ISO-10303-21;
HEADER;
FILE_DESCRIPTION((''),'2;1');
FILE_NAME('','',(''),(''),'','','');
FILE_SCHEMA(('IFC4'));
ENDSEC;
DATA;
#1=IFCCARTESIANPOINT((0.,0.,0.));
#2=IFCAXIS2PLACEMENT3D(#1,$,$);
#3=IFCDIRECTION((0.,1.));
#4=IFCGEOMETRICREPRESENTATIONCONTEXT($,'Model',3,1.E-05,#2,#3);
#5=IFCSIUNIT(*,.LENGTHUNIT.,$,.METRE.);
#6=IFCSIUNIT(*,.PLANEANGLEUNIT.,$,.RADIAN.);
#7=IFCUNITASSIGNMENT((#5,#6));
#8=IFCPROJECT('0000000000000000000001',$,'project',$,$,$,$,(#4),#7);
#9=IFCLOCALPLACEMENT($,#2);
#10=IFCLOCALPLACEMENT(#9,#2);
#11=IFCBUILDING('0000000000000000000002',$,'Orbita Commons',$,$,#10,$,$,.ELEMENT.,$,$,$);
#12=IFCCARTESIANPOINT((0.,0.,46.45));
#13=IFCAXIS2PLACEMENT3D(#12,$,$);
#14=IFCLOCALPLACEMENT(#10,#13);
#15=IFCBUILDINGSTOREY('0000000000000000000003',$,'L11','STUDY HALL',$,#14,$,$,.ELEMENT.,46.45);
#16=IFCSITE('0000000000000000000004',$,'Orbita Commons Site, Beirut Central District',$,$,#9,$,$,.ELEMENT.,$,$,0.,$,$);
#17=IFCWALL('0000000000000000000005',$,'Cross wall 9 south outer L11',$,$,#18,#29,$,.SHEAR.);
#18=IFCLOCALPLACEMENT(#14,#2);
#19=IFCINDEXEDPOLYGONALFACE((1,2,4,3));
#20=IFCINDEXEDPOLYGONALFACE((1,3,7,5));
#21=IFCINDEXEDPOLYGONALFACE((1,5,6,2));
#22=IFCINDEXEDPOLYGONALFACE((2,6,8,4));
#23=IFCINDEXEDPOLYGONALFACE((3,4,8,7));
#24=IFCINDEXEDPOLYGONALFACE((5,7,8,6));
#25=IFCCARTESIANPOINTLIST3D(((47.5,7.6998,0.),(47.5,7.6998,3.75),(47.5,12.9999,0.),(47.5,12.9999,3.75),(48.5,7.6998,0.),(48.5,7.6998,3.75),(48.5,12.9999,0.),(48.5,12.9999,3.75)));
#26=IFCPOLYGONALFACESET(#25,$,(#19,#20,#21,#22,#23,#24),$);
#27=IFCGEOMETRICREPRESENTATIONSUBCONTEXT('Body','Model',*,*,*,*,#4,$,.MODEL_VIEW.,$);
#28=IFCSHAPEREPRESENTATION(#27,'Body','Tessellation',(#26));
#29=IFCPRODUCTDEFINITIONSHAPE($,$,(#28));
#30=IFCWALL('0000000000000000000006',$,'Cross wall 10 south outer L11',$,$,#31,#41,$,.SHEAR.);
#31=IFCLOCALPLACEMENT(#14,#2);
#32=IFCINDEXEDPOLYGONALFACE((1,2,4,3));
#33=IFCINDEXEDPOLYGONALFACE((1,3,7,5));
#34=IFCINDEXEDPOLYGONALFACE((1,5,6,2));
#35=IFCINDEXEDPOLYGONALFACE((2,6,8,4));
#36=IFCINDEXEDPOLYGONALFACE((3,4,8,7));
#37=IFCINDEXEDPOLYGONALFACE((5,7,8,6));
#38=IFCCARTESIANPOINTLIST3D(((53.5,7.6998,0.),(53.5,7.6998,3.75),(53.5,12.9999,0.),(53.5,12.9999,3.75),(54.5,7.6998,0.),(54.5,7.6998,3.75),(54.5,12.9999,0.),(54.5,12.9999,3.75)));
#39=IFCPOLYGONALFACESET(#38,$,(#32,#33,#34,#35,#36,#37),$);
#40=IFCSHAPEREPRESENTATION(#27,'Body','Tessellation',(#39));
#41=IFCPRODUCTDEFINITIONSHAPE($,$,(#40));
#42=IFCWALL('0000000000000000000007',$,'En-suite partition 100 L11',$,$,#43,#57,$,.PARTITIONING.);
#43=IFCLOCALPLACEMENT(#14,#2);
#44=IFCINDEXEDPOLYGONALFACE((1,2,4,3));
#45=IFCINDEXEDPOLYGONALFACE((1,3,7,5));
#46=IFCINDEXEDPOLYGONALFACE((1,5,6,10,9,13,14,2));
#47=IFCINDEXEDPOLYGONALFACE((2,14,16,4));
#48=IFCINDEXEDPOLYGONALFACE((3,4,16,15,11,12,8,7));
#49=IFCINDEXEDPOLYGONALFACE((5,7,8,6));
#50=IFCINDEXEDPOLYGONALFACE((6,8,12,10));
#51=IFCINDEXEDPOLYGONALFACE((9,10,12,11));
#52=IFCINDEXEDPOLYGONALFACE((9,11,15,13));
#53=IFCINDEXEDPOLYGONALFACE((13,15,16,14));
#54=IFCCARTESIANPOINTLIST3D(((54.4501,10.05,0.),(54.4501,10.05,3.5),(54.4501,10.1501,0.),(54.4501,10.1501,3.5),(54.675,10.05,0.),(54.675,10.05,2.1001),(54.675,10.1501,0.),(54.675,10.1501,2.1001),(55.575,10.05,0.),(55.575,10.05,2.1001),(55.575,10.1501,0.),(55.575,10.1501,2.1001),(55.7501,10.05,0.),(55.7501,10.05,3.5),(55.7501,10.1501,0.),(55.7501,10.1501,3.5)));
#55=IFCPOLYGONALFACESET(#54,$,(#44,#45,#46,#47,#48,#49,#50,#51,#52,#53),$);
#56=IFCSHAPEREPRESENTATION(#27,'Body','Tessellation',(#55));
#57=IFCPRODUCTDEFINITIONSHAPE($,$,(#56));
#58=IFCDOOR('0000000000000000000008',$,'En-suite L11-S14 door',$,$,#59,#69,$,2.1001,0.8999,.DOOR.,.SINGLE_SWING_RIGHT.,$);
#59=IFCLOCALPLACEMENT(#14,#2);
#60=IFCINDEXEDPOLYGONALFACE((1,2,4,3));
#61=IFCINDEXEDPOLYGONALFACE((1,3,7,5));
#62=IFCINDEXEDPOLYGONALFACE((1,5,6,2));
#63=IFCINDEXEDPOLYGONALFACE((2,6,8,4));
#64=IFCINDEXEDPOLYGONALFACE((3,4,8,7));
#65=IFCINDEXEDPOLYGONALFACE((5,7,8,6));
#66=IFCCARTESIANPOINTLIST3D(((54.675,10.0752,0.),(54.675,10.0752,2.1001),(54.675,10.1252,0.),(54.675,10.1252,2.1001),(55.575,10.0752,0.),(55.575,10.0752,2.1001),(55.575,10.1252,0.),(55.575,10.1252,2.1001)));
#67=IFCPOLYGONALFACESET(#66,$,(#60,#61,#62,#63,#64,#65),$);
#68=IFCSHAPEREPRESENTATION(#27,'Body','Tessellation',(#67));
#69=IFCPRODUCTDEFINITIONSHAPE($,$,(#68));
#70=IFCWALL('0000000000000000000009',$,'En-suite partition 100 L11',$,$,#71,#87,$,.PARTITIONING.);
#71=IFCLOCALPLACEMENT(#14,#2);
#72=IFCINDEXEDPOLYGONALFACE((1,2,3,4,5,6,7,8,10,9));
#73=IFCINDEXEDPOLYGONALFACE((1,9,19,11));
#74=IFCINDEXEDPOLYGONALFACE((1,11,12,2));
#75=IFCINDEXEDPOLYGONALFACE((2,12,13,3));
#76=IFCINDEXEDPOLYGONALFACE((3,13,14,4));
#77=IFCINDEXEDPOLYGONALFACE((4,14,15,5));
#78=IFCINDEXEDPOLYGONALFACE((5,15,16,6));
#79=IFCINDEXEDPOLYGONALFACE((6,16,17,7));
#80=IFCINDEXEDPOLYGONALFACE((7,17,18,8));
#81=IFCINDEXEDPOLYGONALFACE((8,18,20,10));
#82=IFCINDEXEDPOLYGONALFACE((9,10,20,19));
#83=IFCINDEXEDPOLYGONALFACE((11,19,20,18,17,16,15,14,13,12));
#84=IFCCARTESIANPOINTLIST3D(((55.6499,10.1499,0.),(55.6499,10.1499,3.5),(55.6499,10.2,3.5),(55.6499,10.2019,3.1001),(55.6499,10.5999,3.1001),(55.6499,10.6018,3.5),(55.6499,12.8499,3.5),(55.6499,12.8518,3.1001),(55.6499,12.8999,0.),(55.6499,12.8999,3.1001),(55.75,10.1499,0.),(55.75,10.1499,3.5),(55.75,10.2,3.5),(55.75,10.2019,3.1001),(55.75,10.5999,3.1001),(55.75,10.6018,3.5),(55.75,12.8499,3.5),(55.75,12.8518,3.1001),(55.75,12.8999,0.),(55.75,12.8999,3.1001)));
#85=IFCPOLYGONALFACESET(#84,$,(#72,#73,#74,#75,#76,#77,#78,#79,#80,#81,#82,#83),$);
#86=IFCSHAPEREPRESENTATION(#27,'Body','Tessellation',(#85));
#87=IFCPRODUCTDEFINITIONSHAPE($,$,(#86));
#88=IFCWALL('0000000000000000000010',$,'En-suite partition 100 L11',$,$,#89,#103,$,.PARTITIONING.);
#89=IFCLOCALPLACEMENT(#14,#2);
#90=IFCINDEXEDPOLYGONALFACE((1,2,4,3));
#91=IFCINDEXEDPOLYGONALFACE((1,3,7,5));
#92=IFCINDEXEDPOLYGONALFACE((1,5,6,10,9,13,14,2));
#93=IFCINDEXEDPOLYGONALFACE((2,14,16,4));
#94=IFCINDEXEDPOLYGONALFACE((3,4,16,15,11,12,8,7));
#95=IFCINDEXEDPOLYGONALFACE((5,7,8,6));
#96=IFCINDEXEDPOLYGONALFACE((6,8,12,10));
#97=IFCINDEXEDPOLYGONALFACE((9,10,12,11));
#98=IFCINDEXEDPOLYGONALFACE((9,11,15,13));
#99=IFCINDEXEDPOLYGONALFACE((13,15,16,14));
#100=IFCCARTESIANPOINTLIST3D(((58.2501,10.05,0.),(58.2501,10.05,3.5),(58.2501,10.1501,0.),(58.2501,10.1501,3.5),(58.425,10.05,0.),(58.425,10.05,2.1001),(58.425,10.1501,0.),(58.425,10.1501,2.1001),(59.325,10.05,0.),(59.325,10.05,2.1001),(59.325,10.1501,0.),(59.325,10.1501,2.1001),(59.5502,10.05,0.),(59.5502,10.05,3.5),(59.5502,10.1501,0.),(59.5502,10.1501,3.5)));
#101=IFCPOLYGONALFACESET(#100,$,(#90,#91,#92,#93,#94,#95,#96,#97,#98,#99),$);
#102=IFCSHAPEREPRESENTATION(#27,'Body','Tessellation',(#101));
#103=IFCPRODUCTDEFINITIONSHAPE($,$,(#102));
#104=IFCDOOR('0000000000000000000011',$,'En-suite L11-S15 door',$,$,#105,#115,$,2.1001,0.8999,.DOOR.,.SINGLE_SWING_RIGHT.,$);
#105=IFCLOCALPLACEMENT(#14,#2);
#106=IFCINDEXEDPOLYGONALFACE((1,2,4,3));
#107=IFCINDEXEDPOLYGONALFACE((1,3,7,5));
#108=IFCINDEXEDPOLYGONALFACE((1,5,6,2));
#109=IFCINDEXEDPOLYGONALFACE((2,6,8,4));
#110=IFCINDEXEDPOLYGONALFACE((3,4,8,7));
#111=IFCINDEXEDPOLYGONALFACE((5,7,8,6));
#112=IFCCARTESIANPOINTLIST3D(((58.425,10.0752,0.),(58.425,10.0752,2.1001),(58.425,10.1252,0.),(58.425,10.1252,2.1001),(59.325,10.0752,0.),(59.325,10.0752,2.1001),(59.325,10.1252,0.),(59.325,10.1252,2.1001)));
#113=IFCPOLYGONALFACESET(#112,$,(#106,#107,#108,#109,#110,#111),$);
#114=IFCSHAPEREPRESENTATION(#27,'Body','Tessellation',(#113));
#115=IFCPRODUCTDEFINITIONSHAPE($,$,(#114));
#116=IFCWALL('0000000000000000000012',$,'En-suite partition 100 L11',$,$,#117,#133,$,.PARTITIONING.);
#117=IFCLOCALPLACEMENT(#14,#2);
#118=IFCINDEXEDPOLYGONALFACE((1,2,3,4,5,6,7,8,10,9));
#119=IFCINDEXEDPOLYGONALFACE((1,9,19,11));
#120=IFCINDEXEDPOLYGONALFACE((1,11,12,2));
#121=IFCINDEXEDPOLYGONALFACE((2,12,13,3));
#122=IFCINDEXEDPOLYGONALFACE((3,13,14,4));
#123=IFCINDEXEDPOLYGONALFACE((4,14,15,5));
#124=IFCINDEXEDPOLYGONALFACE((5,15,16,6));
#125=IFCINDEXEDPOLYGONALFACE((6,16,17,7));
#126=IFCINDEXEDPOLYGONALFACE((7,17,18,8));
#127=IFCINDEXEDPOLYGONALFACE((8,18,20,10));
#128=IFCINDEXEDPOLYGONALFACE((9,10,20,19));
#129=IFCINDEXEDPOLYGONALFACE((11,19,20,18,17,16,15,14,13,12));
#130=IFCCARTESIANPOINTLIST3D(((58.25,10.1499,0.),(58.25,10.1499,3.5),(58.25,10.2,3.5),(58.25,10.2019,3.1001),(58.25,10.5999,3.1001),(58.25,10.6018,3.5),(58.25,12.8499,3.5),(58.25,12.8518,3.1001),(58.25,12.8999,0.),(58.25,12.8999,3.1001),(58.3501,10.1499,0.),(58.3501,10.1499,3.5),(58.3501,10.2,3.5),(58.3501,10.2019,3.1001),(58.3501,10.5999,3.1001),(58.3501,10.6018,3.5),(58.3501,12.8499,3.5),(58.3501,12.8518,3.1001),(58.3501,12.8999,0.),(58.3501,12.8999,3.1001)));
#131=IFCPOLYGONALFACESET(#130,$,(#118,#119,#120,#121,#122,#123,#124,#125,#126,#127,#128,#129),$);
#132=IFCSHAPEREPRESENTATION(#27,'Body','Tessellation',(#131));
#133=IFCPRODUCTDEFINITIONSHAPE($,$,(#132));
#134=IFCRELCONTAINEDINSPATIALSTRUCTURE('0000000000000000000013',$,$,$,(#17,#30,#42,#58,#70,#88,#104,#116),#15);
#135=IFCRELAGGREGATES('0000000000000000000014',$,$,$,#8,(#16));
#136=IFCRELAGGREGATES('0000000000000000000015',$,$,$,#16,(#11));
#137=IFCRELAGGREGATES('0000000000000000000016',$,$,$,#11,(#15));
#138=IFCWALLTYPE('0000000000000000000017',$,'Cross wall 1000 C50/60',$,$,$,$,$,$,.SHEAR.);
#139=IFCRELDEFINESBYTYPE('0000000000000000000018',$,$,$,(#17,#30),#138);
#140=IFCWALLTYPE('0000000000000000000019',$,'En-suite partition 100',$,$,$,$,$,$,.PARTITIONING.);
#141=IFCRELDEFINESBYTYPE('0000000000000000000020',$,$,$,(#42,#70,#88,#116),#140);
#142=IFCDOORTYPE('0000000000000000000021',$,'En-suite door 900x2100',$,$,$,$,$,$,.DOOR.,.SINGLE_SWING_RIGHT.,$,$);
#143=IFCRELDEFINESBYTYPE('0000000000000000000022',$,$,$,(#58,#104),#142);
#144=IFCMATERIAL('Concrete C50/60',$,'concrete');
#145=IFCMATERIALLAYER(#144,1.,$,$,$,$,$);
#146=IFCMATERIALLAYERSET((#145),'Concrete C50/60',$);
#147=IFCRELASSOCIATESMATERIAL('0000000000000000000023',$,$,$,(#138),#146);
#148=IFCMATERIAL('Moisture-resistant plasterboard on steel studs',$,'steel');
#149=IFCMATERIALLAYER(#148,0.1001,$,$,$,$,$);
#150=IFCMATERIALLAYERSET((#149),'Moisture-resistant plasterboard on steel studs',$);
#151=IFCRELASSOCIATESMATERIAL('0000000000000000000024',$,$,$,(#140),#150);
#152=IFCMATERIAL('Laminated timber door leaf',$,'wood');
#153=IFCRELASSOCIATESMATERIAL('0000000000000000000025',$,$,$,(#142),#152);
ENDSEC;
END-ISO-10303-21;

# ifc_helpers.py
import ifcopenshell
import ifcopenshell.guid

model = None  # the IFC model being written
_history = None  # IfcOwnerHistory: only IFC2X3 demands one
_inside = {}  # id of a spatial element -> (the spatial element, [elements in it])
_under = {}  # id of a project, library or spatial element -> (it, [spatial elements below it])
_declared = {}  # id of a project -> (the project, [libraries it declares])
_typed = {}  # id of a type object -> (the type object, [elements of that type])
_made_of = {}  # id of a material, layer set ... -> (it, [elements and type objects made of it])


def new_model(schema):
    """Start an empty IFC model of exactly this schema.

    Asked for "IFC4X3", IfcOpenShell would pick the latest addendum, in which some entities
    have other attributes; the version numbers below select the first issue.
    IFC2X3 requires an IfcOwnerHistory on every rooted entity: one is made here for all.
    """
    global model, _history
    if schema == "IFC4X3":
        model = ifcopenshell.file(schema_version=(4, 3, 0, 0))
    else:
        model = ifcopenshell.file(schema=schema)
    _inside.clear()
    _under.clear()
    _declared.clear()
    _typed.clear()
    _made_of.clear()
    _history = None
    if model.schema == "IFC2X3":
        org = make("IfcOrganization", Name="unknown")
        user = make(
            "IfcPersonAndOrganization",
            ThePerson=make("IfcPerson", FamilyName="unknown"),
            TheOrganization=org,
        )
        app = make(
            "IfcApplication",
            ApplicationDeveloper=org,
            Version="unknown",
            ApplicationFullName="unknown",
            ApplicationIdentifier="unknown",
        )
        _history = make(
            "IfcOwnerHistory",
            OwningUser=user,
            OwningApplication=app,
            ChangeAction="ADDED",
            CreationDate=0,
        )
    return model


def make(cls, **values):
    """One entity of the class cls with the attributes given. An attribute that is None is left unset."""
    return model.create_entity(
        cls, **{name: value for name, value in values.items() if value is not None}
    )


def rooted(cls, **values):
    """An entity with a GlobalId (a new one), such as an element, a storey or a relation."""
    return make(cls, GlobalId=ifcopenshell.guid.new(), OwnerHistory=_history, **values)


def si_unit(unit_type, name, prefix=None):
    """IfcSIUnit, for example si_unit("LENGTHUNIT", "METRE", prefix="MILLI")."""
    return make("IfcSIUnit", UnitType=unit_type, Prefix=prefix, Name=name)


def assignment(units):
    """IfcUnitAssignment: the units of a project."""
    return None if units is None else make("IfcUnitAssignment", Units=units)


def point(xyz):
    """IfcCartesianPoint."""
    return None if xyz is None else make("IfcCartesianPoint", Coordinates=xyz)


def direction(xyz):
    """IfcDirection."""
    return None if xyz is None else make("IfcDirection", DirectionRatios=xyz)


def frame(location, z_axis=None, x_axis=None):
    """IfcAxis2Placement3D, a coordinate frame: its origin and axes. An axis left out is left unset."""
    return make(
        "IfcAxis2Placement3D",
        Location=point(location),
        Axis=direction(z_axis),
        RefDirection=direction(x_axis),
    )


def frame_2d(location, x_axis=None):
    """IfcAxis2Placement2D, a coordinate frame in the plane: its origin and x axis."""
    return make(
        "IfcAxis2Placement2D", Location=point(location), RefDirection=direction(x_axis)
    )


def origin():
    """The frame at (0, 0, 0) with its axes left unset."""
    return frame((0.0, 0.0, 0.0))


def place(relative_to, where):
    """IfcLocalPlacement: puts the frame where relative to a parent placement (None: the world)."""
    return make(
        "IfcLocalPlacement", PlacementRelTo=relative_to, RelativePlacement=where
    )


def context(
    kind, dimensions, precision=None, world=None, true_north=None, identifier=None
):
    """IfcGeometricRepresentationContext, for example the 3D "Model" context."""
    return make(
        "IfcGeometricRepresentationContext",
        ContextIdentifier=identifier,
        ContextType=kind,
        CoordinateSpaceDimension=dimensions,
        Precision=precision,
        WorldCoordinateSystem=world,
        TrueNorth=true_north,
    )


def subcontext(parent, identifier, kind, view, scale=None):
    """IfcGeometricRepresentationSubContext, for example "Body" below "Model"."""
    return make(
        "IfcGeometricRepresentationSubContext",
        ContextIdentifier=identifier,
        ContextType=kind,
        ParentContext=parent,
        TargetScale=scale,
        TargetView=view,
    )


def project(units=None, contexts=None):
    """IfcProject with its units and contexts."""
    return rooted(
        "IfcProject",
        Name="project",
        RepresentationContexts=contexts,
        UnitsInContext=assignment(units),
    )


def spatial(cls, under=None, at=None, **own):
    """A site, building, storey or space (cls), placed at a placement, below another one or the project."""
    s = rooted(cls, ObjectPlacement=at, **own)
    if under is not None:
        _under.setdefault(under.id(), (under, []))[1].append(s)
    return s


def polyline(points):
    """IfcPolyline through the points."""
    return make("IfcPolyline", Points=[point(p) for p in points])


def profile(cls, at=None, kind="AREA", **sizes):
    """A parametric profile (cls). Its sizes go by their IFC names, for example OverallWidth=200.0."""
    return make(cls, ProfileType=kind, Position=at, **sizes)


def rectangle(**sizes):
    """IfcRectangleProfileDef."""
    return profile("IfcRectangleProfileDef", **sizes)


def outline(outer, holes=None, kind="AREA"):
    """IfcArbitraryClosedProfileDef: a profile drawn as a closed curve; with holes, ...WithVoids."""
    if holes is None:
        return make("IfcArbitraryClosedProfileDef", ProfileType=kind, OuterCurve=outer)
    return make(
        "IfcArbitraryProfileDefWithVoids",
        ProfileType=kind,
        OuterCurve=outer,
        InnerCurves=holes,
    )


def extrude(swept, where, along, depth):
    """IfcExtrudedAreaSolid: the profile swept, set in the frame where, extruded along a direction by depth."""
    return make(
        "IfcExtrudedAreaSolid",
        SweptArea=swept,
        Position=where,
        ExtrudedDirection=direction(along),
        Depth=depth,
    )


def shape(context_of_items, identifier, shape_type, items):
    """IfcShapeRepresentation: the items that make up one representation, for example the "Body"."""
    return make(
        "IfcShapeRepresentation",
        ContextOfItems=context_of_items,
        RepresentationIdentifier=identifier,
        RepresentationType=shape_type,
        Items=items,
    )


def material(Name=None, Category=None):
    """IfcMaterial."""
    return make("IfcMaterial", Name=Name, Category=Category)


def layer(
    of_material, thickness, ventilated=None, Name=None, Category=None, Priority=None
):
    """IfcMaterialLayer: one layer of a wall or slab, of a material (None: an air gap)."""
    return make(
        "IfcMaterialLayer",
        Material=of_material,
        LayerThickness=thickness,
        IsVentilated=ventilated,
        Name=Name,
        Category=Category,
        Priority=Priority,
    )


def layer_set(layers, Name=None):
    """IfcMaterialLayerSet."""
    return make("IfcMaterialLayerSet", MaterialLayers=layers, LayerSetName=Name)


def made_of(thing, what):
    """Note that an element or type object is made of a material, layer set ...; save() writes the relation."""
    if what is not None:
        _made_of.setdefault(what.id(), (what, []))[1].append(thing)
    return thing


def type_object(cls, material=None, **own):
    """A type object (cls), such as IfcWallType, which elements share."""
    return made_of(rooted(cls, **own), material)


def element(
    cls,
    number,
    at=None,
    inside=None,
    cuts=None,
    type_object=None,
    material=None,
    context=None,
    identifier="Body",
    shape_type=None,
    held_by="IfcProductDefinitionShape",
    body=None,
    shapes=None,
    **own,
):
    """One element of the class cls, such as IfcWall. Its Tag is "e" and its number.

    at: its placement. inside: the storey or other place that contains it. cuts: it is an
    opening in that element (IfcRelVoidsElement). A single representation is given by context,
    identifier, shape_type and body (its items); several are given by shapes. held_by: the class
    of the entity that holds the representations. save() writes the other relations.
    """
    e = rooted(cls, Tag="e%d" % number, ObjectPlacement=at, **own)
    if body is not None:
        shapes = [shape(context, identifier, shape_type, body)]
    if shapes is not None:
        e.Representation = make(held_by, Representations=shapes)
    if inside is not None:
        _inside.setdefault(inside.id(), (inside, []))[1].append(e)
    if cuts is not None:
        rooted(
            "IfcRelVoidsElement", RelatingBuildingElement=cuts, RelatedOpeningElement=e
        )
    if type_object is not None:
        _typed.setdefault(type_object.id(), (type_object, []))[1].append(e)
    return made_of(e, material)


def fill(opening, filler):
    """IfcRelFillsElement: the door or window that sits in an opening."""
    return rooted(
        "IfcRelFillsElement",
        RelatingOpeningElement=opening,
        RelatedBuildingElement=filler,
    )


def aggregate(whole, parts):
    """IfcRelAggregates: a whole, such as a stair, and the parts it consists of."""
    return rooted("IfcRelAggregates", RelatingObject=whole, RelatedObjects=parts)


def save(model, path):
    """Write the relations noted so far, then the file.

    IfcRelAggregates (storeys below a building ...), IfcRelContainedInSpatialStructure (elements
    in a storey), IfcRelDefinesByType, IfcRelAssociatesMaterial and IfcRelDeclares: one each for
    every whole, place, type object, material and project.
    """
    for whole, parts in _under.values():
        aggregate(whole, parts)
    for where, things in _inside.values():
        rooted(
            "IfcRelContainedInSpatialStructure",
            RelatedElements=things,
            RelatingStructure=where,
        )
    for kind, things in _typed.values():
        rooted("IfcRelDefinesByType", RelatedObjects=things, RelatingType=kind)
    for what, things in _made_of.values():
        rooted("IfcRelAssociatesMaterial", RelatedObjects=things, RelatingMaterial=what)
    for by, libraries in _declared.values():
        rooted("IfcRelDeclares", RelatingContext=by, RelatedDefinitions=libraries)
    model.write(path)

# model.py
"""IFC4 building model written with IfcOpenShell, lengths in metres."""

from ifc_helpers import new_model, si_unit, direction, frame, frame_2d, origin, place, context, subcontext, project, spatial, polyline, rectangle, outline, extrude, material, layer, layer_set, type_object, element, fill, save


model = new_model("IFC4")

# Units and contexts
model_context = context("Model", 3, precision=1e-05, world=origin(), true_north=direction((0.0, 1.0)))
body_context = subcontext(model_context, "Body", "Model", "MODEL_VIEW")
ifc_project = project(units=[si_unit("LENGTHUNIT", "METRE"), si_unit("PLANEANGLEUNIT", "RADIAN")], contexts=[model_context])

# Site, building, storey
site_placement = place(None, origin())
site = spatial("IfcSite", under=ifc_project, at=site_placement, Name="Orbita Commons Site, Beirut Central District", CompositionType="ELEMENT", RefElevation=0.0)
building_placement = place(site_placement, origin())
building = spatial("IfcBuilding", under=site, at=building_placement, Name="Orbita Commons", CompositionType="ELEMENT")
storey_placement = place(building_placement, frame((0.0, 0.0, 46.45)))
storey = spatial("IfcBuildingStorey", under=building, at=storey_placement, Name="L11", Description="STUDY HALL", CompositionType="ELEMENT", Elevation=46.45)

# Walls
ifc_material_1 = material(Name="Concrete C50/60", Category="concrete")
ifc_layer_1 = layer(ifc_material_1, 1.0)
ifc_layer_set_1 = layer_set([ifc_layer_1], Name="Concrete C50/60")
wall_type_1 = type_object("IfcWallType", Name="Cross wall 1000 C50/60", PredefinedType="SHEAR", material=ifc_layer_set_1)
for number, where, z_axis, x_axis, name in (
    (1, (48.0, 7.7, 0.0), (0.0, 0.0, 1.0), (0.0, 1.0, 0.0), "Cross wall 9 south outer L11"),
    (2, (54.0, 7.7, 0.0), (0.0, 0.0, 1.0), (0.0, 1.0, 0.0), "Cross wall 10 south outer L11"),
):
    element("IfcWall", number, at=place(storey_placement, frame(where, z_axis=z_axis, x_axis=x_axis)), inside=storey, type_object=wall_type_1, Name=name, PredefinedType="SHEAR", context=body_context, shape_type="SweptSolid", body=[
        extrude(rectangle(XDim=5.3, YDim=1.0, at=frame_2d((2.6499, 0.0))), origin(), (0.0, 0.0, 1.0), 3.75),
    ])

# Wall, opening, door
ifc_material_2 = material(Name="Moisture-resistant plasterboard on steel studs", Category="steel")
ifc_layer_2 = layer(ifc_material_2, 0.1001)
ifc_layer_set_2 = layer_set([ifc_layer_2], Name="Moisture-resistant plasterboard on steel studs")
wall_type_2 = type_object("IfcWallType", Name="En-suite partition 100", PredefinedType="PARTITIONING", material=ifc_layer_set_2)
wall_1_placement = place(storey_placement, frame((55.75, 10.1001, 0.0), z_axis=(0.0, 0.0, 1.0), x_axis=(-1.0, 0.0, 0.0)))
wall_1 = element("IfcWall", 3, at=wall_1_placement, inside=storey, type_object=wall_type_2, Name="En-suite partition 100 L11", PredefinedType="PARTITIONING", context=body_context, shape_type="SweptSolid", body=[
    extrude(rectangle(XDim=1.3, YDim=0.1001, at=frame_2d((0.6499, 0.0))), origin(), (0.0, 0.0, 1.0), 3.5),
])
opening_1_placement = place(wall_1_placement, frame((0.175, 0.0, 0.0)))
opening_1 = element("IfcOpeningElement", 4, at=opening_1_placement, cuts=wall_1, PredefinedType="OPENING", context=body_context, shape_type="SweptSolid", body=[
    extrude(rectangle(XDim=0.8999, YDim=2.1001, at=frame_2d((0.45, 1.05))), frame((0.0, 0.0601, 0.0), z_axis=(0.0, -1.0, 0.0), x_axis=(1.0, 0.0, 0.0)), (0.0, 0.0, 1.0), 0.1201),
])
ifc_material_3 = material(Name="Laminated timber door leaf", Category="wood")
door_type_1 = type_object("IfcDoorType", Name="En-suite door 900x2100", OperationType="SINGLE_SWING_RIGHT", PredefinedType="DOOR", material=ifc_material_3)
door_1_placement = place(opening_1_placement, origin())
door_1 = element("IfcDoor", 5, at=door_1_placement, inside=storey, type_object=door_type_1, Name="En-suite L11-S14 door", OperationType="SINGLE_SWING_RIGHT", OverallHeight=2.1001, OverallWidth=0.8999, PredefinedType="DOOR", context=body_context, shape_type="SweptSolid", body=[
    extrude(rectangle(XDim=0.8999, YDim=2.1001, at=frame_2d((0.45, 1.05))), frame((0.0, 0.0249, 0.0), z_axis=(0.0, -1.0, 0.0), x_axis=(1.0, 0.0, 0.0)), (0.0, 0.0, 1.0), 0.05),
])
fill(opening_1, door_1)

# Wall
wall_2_placement = place(storey_placement, frame((55.7, 10.1499, 0.0), z_axis=(0.0, 0.0, 1.0), x_axis=(0.0, 1.0, 0.0)))
element("IfcWall", 6, at=wall_2_placement, inside=storey, type_object=wall_type_2, Name="En-suite partition 100 L11", PredefinedType="PARTITIONING", context=body_context, shape_type="SweptSolid", body=[
    extrude(outline(polyline([(0.0, 0.0), (2.75, 0.0), (2.75, 3.1001), (2.7019, 3.1001), (2.7, 3.5), (0.4519, 3.5), (0.45, 3.1001), (0.052, 3.1001), (0.05, 3.5), (0.0, 3.5), (0.0, 0.0)])), frame((0.0, 0.05, 0.0), z_axis=(0.0, -1.0, 0.0), x_axis=(1.0, 0.0, 0.0)), (0.0, 0.0, 1.0), 0.1001),
])

# Wall, opening, door
wall_3_placement = place(storey_placement, frame((59.55, 10.1001, 0.0), z_axis=(0.0, 0.0, 1.0), x_axis=(-1.0, 0.0, 0.0)))
wall_3 = element("IfcWall", 7, at=wall_3_placement, inside=storey, type_object=wall_type_2, Name="En-suite partition 100 L11", PredefinedType="PARTITIONING", context=body_context, shape_type="SweptSolid", body=[
    extrude(rectangle(XDim=1.3, YDim=0.1001, at=frame_2d((0.6499, 0.0))), origin(), (0.0, 0.0, 1.0), 3.5),
])
opening_2_placement = place(wall_3_placement, frame((0.2251, 0.0, 0.0)))
opening_2 = element("IfcOpeningElement", 8, at=opening_2_placement, cuts=wall_3, PredefinedType="OPENING", context=body_context, shape_type="SweptSolid", body=[
    extrude(rectangle(XDim=0.8999, YDim=2.1001, at=frame_2d((0.45, 1.05))), frame((0.0, 0.0601, 0.0), z_axis=(0.0, -1.0, 0.0), x_axis=(1.0, 0.0, 0.0)), (0.0, 0.0, 1.0), 0.1201),
])
door_2_placement = place(opening_2_placement, origin())
door_2 = element("IfcDoor", 9, at=door_2_placement, inside=storey, type_object=door_type_1, Name="En-suite L11-S15 door", OperationType="SINGLE_SWING_RIGHT", OverallHeight=2.1001, OverallWidth=0.8999, PredefinedType="DOOR", context=body_context, shape_type="SweptSolid", body=[
    extrude(rectangle(XDim=0.8999, YDim=2.1001, at=frame_2d((0.45, 1.05))), frame((0.0, 0.0249, 0.0), z_axis=(0.0, -1.0, 0.0), x_axis=(1.0, 0.0, 0.0)), (0.0, 0.0, 1.0), 0.05),
])
fill(opening_2, door_2)

# Wall
wall_4_placement = place(storey_placement, frame((58.3, 10.1499, 0.0), z_axis=(0.0, 0.0, 1.0), x_axis=(0.0, 1.0, 0.0)))
element("IfcWall", 10, at=wall_4_placement, inside=storey, type_object=wall_type_2, Name="En-suite partition 100 L11", PredefinedType="PARTITIONING", context=body_context, shape_type="SweptSolid", body=[
    extrude(outline(polyline([(0.0, 0.0), (2.75, 0.0), (2.75, 3.1001), (2.7019, 3.1001), (2.7, 3.5), (0.4519, 3.5), (0.45, 3.1001), (0.052, 3.1001), (0.05, 3.5), (0.0, 3.5), (0.0, 0.0)])), frame((0.0, 0.05, 0.0), z_axis=(0.0, -1.0, 0.0), x_axis=(1.0, 0.0, 0.0)), (0.0, 0.0, 1.0), 0.1001),
])

save(model, "model.ifc")
